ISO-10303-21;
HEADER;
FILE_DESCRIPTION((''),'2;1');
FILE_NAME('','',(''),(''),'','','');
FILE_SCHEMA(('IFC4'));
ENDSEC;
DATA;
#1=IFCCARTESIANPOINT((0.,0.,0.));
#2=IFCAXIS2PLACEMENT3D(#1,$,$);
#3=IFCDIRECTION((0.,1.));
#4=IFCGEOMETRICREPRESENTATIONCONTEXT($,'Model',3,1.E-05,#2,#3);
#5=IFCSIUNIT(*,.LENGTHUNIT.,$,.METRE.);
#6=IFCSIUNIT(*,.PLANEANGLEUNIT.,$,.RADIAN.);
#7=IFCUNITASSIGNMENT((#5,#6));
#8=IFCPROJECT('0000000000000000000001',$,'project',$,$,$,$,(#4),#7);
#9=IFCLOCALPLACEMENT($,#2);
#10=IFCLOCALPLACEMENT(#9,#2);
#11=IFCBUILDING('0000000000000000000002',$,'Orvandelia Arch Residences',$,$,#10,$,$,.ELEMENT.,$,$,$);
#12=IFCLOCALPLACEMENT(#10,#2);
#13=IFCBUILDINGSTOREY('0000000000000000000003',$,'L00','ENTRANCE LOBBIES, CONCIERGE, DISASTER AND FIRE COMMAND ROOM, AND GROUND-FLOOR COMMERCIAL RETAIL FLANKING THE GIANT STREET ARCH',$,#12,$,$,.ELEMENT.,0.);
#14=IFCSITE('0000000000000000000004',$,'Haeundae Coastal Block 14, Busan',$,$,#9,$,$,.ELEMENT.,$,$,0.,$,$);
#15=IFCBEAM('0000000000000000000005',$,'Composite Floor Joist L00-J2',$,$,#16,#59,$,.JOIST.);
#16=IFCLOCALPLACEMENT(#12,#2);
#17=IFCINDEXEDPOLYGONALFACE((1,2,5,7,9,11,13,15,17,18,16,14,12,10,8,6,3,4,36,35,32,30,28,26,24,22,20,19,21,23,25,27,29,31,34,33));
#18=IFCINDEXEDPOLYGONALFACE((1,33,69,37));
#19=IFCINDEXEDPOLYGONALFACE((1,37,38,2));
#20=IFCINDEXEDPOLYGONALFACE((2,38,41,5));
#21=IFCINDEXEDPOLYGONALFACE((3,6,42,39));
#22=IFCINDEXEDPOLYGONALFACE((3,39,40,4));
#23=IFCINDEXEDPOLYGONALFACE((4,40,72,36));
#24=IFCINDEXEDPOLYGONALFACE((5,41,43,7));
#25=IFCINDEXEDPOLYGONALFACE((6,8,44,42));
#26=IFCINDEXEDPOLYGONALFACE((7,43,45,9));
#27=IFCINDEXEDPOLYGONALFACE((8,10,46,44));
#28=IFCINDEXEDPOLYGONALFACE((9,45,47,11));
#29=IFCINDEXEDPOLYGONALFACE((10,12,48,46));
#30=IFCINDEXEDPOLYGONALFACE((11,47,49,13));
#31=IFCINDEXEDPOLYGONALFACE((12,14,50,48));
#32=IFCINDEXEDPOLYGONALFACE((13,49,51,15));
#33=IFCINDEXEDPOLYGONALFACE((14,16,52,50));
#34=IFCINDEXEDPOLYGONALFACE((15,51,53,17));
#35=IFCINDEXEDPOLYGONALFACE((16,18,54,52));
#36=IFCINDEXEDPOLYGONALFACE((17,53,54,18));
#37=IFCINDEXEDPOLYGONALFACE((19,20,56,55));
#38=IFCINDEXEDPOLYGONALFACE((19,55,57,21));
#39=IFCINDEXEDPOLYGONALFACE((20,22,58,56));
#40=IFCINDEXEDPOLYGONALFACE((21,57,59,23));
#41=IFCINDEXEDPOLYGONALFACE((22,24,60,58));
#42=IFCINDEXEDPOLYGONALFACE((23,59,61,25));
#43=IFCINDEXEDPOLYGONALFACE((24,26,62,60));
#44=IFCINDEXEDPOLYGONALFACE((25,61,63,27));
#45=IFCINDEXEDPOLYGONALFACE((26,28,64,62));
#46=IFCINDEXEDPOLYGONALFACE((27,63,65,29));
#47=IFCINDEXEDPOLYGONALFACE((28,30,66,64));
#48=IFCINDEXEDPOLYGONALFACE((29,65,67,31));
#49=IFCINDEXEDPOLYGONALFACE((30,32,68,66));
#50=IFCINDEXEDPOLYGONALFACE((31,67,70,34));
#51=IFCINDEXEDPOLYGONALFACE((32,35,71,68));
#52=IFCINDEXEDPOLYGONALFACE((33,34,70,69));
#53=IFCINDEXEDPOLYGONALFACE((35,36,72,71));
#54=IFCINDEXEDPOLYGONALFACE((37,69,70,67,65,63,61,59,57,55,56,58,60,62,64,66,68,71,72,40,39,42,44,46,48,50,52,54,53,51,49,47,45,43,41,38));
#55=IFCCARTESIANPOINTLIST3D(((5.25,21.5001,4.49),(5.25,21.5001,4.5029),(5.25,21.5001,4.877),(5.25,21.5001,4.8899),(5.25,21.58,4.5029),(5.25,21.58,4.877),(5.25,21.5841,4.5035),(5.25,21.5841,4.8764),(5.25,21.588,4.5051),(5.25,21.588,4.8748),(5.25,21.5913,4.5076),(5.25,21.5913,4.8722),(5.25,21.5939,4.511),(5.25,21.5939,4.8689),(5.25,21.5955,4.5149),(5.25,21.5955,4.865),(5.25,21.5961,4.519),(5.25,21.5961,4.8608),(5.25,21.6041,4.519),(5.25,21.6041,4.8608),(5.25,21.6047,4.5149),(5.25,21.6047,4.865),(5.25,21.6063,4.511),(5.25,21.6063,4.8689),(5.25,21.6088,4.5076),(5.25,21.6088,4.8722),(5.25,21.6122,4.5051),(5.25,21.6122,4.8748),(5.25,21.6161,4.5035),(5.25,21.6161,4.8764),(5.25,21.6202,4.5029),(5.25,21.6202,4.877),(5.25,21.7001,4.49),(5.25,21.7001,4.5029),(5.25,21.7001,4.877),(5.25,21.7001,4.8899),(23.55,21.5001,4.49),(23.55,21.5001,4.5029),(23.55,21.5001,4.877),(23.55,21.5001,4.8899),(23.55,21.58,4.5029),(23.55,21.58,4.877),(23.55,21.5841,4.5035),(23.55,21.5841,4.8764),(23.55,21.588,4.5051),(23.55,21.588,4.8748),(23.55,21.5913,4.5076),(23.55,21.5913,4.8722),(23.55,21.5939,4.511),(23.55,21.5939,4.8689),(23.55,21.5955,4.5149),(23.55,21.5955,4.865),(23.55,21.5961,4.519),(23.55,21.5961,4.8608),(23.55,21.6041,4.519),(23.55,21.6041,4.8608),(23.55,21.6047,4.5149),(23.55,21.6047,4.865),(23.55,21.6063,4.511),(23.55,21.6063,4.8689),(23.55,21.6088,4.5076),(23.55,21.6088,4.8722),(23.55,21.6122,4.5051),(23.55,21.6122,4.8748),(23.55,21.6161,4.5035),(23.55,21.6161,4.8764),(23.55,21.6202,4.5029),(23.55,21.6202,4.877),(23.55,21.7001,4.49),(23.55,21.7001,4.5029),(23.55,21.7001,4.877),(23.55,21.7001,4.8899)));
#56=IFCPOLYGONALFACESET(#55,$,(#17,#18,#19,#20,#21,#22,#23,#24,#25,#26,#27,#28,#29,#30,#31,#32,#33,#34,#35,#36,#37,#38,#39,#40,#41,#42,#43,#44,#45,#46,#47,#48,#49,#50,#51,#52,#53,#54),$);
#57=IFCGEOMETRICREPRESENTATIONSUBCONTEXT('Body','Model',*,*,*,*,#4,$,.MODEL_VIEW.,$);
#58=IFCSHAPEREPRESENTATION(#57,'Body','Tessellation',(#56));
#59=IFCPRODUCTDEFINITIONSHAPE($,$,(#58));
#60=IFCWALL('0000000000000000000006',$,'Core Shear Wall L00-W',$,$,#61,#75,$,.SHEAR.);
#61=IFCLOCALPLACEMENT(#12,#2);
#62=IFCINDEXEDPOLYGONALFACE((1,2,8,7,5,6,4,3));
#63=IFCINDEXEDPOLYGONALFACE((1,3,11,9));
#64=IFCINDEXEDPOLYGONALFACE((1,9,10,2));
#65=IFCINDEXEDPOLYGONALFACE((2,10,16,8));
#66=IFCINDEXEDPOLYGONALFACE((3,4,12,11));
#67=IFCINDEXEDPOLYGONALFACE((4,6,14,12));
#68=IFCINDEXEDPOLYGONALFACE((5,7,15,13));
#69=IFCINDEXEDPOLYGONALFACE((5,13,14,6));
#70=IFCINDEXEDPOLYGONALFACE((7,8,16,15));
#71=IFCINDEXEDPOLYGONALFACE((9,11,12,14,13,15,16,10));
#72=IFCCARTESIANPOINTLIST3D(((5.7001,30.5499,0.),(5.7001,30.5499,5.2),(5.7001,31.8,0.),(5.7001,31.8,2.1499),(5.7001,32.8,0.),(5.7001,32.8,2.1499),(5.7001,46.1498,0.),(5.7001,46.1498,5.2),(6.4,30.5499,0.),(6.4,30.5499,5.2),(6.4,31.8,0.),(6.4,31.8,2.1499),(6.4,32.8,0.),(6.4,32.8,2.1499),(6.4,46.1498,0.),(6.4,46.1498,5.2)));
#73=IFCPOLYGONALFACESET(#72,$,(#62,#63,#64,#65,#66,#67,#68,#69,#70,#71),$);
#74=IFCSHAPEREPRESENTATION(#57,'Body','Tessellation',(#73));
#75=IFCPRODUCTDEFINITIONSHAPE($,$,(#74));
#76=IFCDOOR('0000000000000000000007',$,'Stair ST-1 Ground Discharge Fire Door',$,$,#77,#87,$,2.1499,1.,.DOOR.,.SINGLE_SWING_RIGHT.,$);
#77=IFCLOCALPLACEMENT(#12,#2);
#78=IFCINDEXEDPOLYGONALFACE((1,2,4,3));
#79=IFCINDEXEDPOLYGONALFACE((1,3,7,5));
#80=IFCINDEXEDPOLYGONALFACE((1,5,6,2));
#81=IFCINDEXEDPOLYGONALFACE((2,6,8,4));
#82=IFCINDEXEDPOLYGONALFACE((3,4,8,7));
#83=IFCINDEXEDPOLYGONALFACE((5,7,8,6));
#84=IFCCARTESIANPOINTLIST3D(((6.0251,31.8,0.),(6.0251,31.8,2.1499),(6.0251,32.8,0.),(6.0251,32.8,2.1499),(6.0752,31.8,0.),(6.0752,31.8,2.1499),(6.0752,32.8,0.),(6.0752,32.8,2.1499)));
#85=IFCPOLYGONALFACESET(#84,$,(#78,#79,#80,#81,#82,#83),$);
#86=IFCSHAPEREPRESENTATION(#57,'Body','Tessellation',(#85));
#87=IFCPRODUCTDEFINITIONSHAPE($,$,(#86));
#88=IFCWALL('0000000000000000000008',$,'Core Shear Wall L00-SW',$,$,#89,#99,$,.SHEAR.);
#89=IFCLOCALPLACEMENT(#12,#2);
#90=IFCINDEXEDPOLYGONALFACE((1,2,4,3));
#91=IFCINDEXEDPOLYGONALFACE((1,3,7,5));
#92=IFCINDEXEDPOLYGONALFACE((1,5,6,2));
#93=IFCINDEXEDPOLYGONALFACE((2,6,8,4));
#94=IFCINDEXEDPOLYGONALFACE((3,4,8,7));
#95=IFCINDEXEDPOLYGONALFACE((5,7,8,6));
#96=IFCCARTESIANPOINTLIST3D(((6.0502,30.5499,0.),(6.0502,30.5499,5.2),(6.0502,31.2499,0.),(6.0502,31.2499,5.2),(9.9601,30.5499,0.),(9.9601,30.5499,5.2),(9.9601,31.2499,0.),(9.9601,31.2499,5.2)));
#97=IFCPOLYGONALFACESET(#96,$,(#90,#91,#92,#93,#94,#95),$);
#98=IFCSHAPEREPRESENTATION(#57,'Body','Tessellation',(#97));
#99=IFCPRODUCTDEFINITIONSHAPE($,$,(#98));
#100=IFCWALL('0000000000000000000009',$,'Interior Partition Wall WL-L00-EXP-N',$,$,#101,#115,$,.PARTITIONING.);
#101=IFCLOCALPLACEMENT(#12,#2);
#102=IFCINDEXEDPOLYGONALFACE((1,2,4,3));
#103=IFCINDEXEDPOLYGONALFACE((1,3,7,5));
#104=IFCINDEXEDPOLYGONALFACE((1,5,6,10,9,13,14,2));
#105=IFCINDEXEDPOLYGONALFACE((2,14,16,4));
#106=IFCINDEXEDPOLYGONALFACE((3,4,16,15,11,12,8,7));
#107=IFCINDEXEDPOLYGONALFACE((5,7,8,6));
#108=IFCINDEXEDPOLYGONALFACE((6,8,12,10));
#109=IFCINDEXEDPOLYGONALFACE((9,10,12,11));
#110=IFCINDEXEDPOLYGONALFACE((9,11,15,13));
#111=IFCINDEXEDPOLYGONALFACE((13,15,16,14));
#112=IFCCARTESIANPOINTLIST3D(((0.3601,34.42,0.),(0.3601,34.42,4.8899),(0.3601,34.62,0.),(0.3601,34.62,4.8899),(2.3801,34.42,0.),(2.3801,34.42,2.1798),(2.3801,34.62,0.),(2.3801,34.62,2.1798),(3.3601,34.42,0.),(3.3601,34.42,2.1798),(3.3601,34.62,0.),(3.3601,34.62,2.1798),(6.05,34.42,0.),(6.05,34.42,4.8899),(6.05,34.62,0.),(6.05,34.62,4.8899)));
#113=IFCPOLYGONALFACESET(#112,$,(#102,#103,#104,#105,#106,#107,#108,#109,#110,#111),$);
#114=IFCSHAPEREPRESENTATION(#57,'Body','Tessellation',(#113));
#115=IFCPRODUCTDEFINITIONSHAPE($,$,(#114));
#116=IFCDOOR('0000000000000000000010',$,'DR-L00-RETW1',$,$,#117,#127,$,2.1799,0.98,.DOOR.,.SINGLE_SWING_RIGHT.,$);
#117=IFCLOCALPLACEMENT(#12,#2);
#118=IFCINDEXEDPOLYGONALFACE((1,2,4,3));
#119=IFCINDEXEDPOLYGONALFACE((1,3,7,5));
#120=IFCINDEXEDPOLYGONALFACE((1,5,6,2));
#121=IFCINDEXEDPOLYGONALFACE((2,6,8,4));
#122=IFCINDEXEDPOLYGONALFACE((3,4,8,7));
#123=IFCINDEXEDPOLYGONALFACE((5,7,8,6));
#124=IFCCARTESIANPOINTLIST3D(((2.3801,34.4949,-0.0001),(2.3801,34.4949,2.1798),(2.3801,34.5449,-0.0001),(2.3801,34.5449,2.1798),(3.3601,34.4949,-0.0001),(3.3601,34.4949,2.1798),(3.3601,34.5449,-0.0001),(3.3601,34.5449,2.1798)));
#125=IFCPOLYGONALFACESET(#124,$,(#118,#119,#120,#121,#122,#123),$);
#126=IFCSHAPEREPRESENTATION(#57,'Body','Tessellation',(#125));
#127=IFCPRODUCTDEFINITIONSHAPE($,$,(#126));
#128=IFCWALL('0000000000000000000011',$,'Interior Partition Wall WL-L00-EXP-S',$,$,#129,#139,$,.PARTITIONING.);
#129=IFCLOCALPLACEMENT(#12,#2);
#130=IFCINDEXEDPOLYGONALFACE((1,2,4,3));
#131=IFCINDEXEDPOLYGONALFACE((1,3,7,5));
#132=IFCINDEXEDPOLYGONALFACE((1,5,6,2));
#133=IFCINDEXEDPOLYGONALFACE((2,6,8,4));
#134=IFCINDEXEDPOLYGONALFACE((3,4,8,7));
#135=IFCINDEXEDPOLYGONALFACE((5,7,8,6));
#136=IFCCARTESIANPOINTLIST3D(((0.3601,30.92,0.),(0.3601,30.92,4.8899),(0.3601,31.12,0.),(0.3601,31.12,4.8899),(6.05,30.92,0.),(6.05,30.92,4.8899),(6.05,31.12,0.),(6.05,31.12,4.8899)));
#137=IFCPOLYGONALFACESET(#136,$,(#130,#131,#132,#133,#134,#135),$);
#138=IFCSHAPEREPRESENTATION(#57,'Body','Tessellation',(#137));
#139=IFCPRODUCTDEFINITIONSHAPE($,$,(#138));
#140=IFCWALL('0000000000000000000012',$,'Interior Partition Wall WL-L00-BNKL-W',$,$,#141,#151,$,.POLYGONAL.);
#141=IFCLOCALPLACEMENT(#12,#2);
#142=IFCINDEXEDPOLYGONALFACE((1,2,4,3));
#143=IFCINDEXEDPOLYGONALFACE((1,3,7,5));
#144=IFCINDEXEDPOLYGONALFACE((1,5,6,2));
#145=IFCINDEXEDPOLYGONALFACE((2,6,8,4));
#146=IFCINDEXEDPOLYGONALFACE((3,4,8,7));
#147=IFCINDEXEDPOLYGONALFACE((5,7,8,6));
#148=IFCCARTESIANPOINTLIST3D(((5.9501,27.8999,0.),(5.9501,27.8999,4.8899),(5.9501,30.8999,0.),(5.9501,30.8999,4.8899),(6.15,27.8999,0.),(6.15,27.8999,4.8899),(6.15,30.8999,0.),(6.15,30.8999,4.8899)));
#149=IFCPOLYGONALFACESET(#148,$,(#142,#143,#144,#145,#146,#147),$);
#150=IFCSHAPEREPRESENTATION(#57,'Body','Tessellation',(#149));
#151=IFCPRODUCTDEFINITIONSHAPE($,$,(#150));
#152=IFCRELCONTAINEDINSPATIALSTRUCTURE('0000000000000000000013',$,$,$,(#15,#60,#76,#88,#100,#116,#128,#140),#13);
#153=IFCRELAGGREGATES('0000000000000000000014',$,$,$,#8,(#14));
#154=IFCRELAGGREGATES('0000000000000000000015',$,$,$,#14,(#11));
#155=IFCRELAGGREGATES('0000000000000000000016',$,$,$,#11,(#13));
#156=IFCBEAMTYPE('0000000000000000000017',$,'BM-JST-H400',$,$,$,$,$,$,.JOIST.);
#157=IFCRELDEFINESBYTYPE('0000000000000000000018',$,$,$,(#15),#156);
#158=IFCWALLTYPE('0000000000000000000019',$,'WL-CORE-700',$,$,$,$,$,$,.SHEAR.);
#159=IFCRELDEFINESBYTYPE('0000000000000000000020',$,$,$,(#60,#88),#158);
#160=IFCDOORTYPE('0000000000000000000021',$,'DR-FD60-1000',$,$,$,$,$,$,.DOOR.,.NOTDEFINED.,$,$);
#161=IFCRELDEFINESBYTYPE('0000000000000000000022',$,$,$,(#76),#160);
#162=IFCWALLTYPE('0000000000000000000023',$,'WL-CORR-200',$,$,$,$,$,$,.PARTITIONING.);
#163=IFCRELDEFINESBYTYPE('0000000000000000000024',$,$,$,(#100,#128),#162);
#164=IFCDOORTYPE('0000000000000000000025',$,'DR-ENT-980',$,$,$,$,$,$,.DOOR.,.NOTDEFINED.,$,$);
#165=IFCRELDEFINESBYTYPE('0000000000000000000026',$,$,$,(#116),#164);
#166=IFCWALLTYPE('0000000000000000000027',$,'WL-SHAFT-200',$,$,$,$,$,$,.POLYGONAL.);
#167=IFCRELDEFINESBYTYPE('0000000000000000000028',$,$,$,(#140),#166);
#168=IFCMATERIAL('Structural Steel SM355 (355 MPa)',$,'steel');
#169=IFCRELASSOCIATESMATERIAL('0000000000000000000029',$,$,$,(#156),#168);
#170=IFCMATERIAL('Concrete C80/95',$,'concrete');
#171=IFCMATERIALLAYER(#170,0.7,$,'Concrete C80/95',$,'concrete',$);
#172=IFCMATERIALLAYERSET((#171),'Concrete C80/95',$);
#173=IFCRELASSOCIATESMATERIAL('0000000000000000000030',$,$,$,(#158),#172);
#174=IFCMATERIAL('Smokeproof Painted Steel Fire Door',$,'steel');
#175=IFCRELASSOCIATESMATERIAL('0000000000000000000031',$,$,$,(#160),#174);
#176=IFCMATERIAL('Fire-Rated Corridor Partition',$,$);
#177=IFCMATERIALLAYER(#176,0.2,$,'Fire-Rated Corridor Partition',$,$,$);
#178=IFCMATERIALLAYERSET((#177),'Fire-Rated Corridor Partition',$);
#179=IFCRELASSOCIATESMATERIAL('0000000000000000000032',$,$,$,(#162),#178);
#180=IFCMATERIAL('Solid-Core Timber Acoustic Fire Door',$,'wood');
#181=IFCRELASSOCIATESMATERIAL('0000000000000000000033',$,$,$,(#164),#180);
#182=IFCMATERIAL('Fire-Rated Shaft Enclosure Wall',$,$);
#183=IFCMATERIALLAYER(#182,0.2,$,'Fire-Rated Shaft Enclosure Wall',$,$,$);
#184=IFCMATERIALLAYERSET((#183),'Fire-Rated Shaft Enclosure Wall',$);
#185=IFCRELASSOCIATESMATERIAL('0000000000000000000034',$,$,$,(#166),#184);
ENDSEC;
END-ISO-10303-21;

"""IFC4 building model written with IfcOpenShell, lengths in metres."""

from ifc_helpers import new_model, si_unit, direction, frame, frame_2d, origin, origin_2d, place, context, subcontext, project, spatial, rectangle, i_section, extrude, material, layer, layer_set, material_profile, profile_set, type_object, element, fill, save


model = new_model("IFC4")

# Units and contexts
model_context = context("Model", 3, precision=1e-05, world=origin(), true_north=direction((0.0, 1.0)))
body_context = subcontext(model_context, "Body", "Model", "MODEL_VIEW")
ifc_project = project(units=[si_unit("LENGTHUNIT", "METRE"), si_unit("PLANEANGLEUNIT", "RADIAN")], contexts=[model_context])

# Site, building, storey
site_placement = place(None, origin())
site = spatial("IfcSite", under=ifc_project, at=site_placement, Name="Haeundae Coastal Block 14, Busan", CompositionType="ELEMENT", RefElevation=0.0)
building_placement = place(site_placement, origin())
building = spatial("IfcBuilding", under=site, at=building_placement, Name="Orvandelia Arch Residences", CompositionType="ELEMENT")
storey_placement = place(building_placement, origin())
storey = spatial("IfcBuildingStorey", under=building, at=storey_placement, Name="L00", Description="ENTRANCE LOBBIES, CONCIERGE, DISASTER AND FIRE COMMAND ROOM, AND GROUND-FLOOR COMMERCIAL RETAIL FLANKING THE GIANT STREET ARCH", CompositionType="ELEMENT", Elevation=0.0)

# Shared definitions
ifc_material_1 = material(Name="Concrete C80/95", Category="concrete")

# Beam
ifc_material_2 = material(Name="Structural Steel SM355 (355 MPa)", Category="steel")
ifc_material_profile_1 = material_profile(ifc_material_2, i_section(OverallWidth=0.2, OverallDepth=0.3999, WebThickness=0.0081, FlangeThickness=0.0129, FilletRadius=0.0161, at=origin_2d()), Name="Structural Steel SM355 (355 MPa)", Category="steel")
ifc_profile_set_1 = profile_set([ifc_material_profile_1], Name="Structural Steel SM355 (355 MPa)")
beam_type_1 = type_object("IfcBeamType", Name="BM-JST-H400", PredefinedType="JOIST", material=ifc_profile_set_1)
beam_1_placement = place(storey_placement, frame((5.25, 21.6001, 4.6899), z_axis=(1.0, 0.0, 0.0), x_axis=(0.0, 1.0, 0.0)))
element("IfcBeam", 1, at=beam_1_placement, inside=storey, type_object=beam_type_1, Name="Composite Floor Joist L00-J2", PredefinedType="JOIST", context=body_context, shape_type="SweptSolid", body=[
    extrude(i_section(OverallWidth=0.2, OverallDepth=0.3999, WebThickness=0.0081, FlangeThickness=0.0129, FilletRadius=0.0161, at=origin_2d()), origin(), (0.0, 0.0, 1.0), 18.3),
])

# Wall, opening, door
ifc_layer_1 = layer(ifc_material_1, 0.7, Name="Concrete C80/95", Category="concrete")
ifc_layer_set_1 = layer_set([ifc_layer_1], Name="Concrete C80/95")
wall_type_1 = type_object("IfcWallType", Name="WL-CORE-700", PredefinedType="SHEAR", material=ifc_layer_set_1)
wall_1_placement = place(storey_placement, frame((6.05, 30.55, 0.0), z_axis=(0.0, 0.0, 1.0), x_axis=(0.0, 1.0, 0.0)))
wall_1 = element("IfcWall", 2, at=wall_1_placement, inside=storey, type_object=wall_type_1, Name="Core Shear Wall L00-W", PredefinedType="SHEAR", context=body_context, shape_type="SweptSolid", body=[
    extrude(rectangle(XDim=15.5999, YDim=0.7, at=frame_2d((7.7998, 0.0))), origin(), (0.0, 0.0, 1.0), 5.2),
])
opening_1_placement = place(wall_1_placement, frame((1.25, 0.0, 0.0)))
opening_1 = element("IfcOpeningElement", 3, at=opening_1_placement, cuts=wall_1, PredefinedType="OPENING", context=body_context, shape_type="SweptSolid", body=[
    extrude(rectangle(XDim=1.0, YDim=2.1499, at=frame_2d((0.5, 1.075))), frame((0.0, 0.3599, 0.0), z_axis=(0.0, -1.0, 0.0), x_axis=(1.0, 0.0, 0.0)), (0.0, 0.0, 1.0), 0.72),
])
ifc_material_3 = material(Name="Smokeproof Painted Steel Fire Door", Category="steel")
door_type_1 = type_object("IfcDoorType", Name="DR-FD60-1000", OperationType="NOTDEFINED", PredefinedType="DOOR", material=ifc_material_3)
door_1_placement = place(opening_1_placement, origin())
door_1 = element("IfcDoor", 4, at=door_1_placement, inside=storey, type_object=door_type_1, Name="Stair ST-1 Ground Discharge Fire Door", OperationType="SINGLE_SWING_RIGHT", OverallHeight=2.1499, OverallWidth=1.0, PredefinedType="DOOR", context=body_context, shape_type="SweptSolid", body=[
    extrude(rectangle(XDim=1.0, YDim=2.1499, at=frame_2d((0.5, 1.075))), frame((0.0, 0.0249, 0.0), z_axis=(0.0, -1.0, 0.0), x_axis=(1.0, 0.0, 0.0)), (0.0, 0.0, 1.0), 0.05),
])
fill(opening_1, door_1)

# Wall
wall_2_placement = place(storey_placement, frame((6.05, 30.8999, 0.0), z_axis=(0.0, 0.0, 1.0), x_axis=(1.0, 0.0, 0.0)))
element("IfcWall", 5, at=wall_2_placement, inside=storey, type_object=wall_type_1, Name="Core Shear Wall L00-SW", PredefinedType="SHEAR", context=body_context, shape_type="SweptSolid", body=[
    extrude(rectangle(XDim=3.9099, YDim=0.7, at=frame_2d((1.9551, 0.0))), origin(), (0.0, 0.0, 1.0), 5.2),
])

# Wall, opening, door
ifc_material_4 = material(Name="Fire-Rated Corridor Partition")
ifc_layer_2 = layer(ifc_material_4, 0.2, Name="Fire-Rated Corridor Partition")
ifc_layer_set_2 = layer_set([ifc_layer_2], Name="Fire-Rated Corridor Partition")
wall_type_2 = type_object("IfcWallType", Name="WL-CORR-200", PredefinedType="PARTITIONING", material=ifc_layer_set_2)
wall_3_placement = place(storey_placement, frame((0.3601, 34.52, 0.0), z_axis=(0.0, 0.0, 1.0), x_axis=(1.0, 0.0, 0.0)))
wall_3 = element("IfcWall", 6, at=wall_3_placement, inside=storey, type_object=wall_type_2, Name="Interior Partition Wall WL-L00-EXP-N", PredefinedType="PARTITIONING", context=body_context, shape_type="SweptSolid", body=[
    extrude(rectangle(XDim=5.6899, YDim=0.2, at=frame_2d((2.845, 0.0))), origin(), (0.0, 0.0, 1.0), 4.8899),
])
opening_2_placement = place(wall_3_placement, frame((2.02, 0.0, 0.0)))
opening_2 = element("IfcOpeningElement", 7, at=opening_2_placement, cuts=wall_3, PredefinedType="OPENING", context=body_context, shape_type="SweptSolid", body=[
    extrude(rectangle(XDim=0.98, YDim=2.1799, at=frame_2d((0.49, 1.0898))), frame((0.0, 0.1099, 0.0), z_axis=(0.0, -1.0, 0.0), x_axis=(1.0, 0.0, 0.0)), (0.0, 0.0, 1.0), 0.22),
])
ifc_material_5 = material(Name="Solid-Core Timber Acoustic Fire Door", Category="wood")
door_type_2 = type_object("IfcDoorType", Name="DR-ENT-980", OperationType="NOTDEFINED", PredefinedType="DOOR", material=ifc_material_5)
door_2_placement = place(opening_2_placement, origin())
door_2 = element("IfcDoor", 8, at=door_2_placement, inside=storey, type_object=door_type_2, Name="DR-L00-RETW1", OperationType="SINGLE_SWING_RIGHT", OverallHeight=2.1799, OverallWidth=0.98, PredefinedType="DOOR", context=body_context, shape_type="SweptSolid", body=[
    extrude(rectangle(XDim=0.98, YDim=2.1799, at=frame_2d((0.49, 1.0898))), frame((0.0, 0.0249, 0.0), z_axis=(0.0, -1.0, 0.0), x_axis=(1.0, 0.0, 0.0)), (0.0, 0.0, 1.0), 0.05),
])
fill(opening_2, door_2)

# Wall
wall_4_placement = place(storey_placement, frame((0.3601, 31.02, 0.0), z_axis=(0.0, 0.0, 1.0), x_axis=(1.0, 0.0, 0.0)))
element("IfcWall", 9, at=wall_4_placement, inside=storey, type_object=wall_type_2, Name="Interior Partition Wall WL-L00-EXP-S", PredefinedType="PARTITIONING", context=body_context, shape_type="SweptSolid", body=[
    extrude(rectangle(XDim=5.6899, YDim=0.2, at=frame_2d((2.845, 0.0))), origin(), (0.0, 0.0, 1.0), 4.8899),
])

# Shared definitions
ifc_material_6 = material(Name="Fire-Rated Shaft Enclosure Wall")
ifc_layer_3 = layer(ifc_material_6, 0.2, Name="Fire-Rated Shaft Enclosure Wall")
ifc_layer_set_3 = layer_set([ifc_layer_3], Name="Fire-Rated Shaft Enclosure Wall")
wall_type_3 = type_object("IfcWallType", Name="WL-SHAFT-200", PredefinedType="POLYGONAL", material=ifc_layer_set_3)

# Wall
wall_5_placement = place(storey_placement, frame((6.05, 27.8999, 0.0), z_axis=(0.0, 0.0, 1.0), x_axis=(0.0, 1.0, 0.0)))
element("IfcWall", 10, at=wall_5_placement, inside=storey, type_object=wall_type_3, Name="Interior Partition Wall WL-L00-BNKL-W", PredefinedType="POLYGONAL", context=body_context, shape_type="SweptSolid", body=[
    extrude(rectangle(XDim=3.0, YDim=0.2, at=frame_2d((1.5, 0.0))), origin(), (0.0, 0.0, 1.0), 4.8899),
])

save(model, "model.ifc")
